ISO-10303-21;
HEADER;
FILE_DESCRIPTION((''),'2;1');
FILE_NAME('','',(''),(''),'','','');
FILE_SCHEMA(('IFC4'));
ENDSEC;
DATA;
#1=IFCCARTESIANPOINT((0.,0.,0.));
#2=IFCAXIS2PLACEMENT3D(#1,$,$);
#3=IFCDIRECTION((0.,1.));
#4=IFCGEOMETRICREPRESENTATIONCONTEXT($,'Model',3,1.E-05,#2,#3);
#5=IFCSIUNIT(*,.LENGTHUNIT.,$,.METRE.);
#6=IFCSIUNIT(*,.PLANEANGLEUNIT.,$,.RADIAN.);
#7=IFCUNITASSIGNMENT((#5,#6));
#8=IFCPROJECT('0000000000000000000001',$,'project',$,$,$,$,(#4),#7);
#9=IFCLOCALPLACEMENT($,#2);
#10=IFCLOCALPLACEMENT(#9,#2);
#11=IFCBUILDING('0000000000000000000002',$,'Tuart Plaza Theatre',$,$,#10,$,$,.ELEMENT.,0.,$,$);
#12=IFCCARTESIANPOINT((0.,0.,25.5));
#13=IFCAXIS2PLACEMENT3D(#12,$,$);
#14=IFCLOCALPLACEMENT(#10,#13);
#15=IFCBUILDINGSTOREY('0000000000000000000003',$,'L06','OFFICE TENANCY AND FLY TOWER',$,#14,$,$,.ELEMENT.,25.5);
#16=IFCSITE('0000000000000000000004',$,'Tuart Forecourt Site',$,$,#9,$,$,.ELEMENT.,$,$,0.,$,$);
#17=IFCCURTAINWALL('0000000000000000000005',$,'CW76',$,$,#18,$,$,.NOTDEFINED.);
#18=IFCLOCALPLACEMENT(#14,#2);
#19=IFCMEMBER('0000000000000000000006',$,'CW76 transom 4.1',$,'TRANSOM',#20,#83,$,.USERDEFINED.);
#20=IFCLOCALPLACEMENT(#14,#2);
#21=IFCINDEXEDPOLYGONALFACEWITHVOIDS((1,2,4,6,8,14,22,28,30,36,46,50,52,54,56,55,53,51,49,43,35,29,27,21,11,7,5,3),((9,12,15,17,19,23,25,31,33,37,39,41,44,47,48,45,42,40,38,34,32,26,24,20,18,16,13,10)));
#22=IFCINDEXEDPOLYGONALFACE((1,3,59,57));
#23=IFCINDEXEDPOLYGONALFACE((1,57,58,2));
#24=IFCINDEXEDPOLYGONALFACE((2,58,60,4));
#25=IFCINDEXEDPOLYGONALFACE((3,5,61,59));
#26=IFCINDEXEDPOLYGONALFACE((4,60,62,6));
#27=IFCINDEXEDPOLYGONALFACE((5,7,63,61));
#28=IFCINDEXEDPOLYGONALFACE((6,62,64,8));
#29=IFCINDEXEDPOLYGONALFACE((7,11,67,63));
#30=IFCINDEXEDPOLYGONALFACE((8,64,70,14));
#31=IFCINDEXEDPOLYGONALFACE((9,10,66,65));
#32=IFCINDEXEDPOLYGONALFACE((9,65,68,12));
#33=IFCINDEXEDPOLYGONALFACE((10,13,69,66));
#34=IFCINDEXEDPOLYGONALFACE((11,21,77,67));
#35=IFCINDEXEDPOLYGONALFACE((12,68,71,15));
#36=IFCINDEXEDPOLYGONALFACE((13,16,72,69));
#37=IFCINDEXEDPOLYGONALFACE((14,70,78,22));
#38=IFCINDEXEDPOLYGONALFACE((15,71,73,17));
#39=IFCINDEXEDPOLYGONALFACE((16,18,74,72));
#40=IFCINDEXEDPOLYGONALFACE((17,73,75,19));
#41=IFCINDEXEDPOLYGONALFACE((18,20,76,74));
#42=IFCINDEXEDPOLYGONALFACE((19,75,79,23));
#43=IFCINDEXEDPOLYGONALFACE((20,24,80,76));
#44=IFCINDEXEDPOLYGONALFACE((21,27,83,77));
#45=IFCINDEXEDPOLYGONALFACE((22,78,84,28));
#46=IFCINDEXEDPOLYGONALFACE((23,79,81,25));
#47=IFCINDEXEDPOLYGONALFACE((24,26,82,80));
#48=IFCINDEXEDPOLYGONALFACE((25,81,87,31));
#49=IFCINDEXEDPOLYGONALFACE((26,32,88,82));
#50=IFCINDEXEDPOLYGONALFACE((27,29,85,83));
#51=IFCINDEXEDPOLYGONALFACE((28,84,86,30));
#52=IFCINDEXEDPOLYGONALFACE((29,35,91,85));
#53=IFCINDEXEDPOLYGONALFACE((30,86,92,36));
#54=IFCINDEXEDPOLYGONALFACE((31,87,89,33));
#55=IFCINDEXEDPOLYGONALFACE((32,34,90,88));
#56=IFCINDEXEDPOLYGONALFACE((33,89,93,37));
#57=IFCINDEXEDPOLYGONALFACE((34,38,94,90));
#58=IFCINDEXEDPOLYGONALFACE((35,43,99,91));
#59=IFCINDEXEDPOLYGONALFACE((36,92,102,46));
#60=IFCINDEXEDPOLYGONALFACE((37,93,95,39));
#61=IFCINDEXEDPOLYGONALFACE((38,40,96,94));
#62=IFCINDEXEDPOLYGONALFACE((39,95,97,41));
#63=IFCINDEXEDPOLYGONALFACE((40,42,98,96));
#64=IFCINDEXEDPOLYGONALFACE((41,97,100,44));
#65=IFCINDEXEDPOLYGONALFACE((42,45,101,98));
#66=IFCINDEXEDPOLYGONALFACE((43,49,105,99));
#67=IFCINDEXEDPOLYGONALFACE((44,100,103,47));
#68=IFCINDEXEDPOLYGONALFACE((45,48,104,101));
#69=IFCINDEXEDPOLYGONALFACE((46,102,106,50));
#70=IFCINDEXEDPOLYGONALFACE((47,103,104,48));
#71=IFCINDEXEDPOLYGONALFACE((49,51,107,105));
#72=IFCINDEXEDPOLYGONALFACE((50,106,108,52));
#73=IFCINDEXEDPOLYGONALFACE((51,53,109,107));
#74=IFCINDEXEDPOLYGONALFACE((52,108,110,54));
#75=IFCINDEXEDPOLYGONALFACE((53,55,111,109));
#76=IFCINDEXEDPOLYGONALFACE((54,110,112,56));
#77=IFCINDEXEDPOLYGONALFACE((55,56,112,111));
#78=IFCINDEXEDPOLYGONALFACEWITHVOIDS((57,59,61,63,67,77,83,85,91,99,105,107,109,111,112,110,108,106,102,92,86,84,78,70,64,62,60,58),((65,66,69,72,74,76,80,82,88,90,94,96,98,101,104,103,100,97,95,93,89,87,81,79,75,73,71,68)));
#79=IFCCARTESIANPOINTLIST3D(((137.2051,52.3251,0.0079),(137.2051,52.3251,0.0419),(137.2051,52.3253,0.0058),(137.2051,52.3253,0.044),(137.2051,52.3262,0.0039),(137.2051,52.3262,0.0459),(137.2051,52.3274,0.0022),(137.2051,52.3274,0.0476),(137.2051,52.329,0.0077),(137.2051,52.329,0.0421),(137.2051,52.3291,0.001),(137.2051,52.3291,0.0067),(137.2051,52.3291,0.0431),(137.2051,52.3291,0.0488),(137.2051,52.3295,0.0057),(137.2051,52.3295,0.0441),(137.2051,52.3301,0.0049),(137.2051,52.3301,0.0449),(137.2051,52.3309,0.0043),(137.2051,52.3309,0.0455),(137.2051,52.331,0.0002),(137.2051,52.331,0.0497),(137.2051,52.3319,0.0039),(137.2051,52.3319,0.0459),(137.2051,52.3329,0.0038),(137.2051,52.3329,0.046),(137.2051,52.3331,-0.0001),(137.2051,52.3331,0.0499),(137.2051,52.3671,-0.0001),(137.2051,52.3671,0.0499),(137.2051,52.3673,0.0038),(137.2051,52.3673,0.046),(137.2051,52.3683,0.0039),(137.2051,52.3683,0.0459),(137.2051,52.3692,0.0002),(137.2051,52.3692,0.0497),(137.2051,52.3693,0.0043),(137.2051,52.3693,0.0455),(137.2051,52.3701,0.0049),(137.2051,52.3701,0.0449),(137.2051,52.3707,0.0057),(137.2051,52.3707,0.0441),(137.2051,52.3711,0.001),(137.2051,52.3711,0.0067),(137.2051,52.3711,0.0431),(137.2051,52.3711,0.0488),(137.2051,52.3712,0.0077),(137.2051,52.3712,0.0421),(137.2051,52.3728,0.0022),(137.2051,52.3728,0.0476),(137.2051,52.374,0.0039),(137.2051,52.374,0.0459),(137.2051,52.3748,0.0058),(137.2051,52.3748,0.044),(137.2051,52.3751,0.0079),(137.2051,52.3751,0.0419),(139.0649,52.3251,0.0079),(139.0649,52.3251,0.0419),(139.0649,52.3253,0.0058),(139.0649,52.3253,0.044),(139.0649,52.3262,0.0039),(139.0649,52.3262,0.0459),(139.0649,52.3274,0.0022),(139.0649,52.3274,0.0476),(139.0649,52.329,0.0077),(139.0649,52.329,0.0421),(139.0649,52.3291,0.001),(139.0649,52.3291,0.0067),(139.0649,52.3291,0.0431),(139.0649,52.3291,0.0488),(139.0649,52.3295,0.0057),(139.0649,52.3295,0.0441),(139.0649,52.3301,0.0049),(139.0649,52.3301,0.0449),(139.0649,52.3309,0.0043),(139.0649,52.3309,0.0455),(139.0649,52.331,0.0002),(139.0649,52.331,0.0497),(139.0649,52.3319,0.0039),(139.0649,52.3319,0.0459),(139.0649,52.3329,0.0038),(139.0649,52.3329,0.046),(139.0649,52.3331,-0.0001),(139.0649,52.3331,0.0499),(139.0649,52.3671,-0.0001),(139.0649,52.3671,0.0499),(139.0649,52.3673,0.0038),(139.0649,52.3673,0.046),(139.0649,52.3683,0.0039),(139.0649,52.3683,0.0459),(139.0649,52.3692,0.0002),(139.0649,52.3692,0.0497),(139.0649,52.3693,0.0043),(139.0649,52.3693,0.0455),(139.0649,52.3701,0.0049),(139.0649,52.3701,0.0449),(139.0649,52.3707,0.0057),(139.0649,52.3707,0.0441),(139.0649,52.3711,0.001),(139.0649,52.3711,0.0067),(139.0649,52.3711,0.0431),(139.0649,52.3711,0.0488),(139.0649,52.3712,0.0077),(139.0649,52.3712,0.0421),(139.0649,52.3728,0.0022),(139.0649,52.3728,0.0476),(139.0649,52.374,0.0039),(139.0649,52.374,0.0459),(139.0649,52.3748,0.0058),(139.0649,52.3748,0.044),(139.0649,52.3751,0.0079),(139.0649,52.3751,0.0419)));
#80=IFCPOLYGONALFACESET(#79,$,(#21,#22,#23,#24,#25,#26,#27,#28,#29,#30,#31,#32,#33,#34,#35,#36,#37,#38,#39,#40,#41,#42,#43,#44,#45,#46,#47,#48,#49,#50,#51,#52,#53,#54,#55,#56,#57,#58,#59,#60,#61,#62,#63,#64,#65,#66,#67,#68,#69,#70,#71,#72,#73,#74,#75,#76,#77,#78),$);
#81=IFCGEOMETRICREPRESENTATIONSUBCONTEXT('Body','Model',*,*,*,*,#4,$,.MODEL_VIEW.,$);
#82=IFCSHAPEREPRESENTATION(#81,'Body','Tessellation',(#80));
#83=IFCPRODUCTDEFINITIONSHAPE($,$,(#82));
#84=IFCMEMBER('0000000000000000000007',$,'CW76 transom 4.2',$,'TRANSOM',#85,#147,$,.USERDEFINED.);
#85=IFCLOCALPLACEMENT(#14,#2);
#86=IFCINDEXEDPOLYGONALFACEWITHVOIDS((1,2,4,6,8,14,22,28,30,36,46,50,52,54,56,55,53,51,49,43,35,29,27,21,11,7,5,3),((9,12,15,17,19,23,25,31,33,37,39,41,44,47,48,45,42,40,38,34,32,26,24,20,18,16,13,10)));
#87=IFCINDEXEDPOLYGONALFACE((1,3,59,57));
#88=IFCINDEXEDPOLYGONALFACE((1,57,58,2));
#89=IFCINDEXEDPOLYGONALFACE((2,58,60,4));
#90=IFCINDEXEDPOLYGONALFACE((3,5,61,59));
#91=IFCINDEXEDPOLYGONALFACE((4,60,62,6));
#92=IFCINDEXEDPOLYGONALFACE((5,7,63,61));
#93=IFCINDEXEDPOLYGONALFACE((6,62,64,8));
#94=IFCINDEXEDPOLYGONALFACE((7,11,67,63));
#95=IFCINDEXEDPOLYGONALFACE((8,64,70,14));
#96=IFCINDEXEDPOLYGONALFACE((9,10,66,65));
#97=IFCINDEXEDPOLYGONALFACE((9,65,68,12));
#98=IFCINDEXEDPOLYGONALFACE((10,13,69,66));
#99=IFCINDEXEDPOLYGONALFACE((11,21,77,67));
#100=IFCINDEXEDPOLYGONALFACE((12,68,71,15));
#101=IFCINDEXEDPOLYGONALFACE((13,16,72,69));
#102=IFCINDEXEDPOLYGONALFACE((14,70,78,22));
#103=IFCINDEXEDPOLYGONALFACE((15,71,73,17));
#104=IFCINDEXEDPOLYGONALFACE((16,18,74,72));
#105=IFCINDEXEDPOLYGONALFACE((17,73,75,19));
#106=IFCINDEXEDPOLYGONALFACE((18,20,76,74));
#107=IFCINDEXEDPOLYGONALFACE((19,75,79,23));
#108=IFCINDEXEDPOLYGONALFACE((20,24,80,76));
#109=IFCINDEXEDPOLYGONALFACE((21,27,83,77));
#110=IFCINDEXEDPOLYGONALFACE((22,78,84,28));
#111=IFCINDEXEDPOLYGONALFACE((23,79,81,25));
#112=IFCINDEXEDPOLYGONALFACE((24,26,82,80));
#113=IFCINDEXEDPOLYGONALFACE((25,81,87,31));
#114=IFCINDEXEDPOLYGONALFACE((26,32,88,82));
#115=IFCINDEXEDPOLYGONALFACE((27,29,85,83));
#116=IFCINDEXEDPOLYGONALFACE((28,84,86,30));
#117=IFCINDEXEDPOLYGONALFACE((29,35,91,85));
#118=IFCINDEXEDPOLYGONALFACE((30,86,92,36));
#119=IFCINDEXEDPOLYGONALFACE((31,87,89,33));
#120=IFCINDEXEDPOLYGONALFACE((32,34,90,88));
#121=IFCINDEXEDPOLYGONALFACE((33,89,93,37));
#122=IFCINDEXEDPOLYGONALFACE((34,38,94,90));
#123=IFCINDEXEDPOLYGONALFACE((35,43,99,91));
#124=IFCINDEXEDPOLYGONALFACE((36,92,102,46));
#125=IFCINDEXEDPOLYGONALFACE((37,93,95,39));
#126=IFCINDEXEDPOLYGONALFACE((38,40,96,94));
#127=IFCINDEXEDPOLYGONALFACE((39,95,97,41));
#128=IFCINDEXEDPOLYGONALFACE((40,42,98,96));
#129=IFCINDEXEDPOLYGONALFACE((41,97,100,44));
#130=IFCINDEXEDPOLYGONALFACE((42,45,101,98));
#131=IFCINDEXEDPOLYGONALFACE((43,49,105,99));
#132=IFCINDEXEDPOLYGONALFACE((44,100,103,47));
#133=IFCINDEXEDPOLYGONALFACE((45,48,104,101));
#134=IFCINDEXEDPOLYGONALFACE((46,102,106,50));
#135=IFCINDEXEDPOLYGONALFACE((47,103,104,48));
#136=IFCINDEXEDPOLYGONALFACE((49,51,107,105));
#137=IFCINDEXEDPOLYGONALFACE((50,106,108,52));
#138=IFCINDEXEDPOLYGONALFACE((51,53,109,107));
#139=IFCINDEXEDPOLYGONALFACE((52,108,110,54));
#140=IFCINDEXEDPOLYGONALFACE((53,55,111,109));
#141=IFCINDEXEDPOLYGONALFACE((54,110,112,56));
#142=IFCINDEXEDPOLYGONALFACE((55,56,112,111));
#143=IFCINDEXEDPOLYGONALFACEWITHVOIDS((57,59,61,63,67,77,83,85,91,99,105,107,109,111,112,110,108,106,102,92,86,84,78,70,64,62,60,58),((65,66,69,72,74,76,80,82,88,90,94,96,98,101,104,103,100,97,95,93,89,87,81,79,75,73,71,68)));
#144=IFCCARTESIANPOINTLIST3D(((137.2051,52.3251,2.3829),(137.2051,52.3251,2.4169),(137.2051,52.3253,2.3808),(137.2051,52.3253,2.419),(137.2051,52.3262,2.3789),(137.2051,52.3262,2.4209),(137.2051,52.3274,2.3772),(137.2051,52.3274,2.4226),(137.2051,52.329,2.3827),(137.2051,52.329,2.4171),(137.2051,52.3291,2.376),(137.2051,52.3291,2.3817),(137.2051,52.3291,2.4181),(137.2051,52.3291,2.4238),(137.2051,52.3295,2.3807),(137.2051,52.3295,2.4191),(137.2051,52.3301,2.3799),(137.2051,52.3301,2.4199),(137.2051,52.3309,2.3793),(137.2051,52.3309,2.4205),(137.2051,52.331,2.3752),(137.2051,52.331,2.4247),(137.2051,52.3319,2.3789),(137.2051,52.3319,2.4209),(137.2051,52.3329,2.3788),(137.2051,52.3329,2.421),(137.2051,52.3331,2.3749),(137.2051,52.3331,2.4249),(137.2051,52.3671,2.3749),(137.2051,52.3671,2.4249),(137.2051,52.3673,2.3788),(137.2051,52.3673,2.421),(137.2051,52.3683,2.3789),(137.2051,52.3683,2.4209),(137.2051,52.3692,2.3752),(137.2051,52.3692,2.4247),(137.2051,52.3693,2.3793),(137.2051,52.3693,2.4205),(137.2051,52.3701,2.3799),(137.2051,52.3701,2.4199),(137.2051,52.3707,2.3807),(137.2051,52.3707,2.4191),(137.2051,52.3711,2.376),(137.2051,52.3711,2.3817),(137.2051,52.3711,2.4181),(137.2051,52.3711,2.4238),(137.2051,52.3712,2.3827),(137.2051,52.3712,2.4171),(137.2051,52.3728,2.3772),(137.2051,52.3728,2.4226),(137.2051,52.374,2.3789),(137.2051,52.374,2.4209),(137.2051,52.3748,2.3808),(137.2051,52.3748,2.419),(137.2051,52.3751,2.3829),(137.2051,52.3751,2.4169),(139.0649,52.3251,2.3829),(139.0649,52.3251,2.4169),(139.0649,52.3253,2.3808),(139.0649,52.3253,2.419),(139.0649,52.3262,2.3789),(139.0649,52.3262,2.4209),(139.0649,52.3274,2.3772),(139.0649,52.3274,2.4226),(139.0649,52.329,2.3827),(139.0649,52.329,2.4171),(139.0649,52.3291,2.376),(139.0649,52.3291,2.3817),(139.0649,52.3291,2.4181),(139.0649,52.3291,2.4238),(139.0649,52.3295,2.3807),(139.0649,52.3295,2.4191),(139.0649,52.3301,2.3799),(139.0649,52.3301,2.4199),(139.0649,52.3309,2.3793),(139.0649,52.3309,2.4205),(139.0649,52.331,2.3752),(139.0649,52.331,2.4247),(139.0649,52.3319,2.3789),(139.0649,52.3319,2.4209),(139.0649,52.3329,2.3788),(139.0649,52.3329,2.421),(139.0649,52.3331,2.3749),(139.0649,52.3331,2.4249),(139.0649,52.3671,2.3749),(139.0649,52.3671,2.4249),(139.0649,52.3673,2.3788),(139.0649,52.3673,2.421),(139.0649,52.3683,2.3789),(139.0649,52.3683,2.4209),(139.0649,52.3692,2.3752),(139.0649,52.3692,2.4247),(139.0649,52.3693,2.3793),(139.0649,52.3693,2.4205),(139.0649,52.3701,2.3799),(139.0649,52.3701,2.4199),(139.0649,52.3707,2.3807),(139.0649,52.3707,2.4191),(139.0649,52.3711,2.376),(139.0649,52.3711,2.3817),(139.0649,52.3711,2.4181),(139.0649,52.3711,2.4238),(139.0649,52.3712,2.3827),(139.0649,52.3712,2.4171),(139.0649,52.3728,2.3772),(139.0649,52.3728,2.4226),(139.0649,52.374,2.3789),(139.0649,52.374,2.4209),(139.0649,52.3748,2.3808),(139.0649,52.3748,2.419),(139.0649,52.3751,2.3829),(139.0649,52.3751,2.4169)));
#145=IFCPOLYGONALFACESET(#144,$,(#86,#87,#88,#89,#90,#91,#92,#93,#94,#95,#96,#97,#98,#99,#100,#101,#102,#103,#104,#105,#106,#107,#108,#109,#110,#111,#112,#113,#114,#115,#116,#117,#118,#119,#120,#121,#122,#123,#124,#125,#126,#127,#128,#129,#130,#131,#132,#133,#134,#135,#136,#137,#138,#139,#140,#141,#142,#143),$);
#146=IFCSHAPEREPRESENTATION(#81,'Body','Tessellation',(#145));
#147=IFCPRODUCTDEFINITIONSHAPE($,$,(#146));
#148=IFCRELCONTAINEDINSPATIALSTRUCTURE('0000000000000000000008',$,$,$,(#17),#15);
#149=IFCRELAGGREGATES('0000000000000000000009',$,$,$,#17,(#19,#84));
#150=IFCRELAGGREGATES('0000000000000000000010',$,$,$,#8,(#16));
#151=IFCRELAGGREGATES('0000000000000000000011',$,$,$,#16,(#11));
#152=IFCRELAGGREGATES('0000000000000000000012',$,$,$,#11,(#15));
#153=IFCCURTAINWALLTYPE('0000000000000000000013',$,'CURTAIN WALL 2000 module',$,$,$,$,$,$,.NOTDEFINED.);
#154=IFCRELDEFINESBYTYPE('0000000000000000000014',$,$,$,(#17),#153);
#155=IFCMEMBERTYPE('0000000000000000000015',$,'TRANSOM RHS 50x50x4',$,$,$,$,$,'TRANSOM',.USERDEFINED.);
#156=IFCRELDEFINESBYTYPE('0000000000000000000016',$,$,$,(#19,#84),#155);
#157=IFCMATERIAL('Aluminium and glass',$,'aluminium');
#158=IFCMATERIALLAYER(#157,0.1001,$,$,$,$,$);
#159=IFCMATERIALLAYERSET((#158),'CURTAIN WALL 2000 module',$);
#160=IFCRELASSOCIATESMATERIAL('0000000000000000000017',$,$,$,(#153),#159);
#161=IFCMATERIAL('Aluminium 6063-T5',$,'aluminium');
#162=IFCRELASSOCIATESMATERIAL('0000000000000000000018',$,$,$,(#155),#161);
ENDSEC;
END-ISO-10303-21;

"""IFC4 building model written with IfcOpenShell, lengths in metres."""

from ifc_helpers import new_model, si_unit, direction, frame, origin, origin_2d, place, context, subcontext, project, spatial, hollow_rectangle, extrude, material, layer, layer_set, material_profile, profile_set, type_object, element, aggregate, save


model = new_model("IFC4")

# Units and contexts
model_context = context("Model", 3, precision=1e-05, world=origin(), true_north=direction((0.0, 1.0)))
body_context = subcontext(model_context, "Body", "Model", "MODEL_VIEW")
ifc_project = project(units=[si_unit("LENGTHUNIT", "METRE"), si_unit("PLANEANGLEUNIT", "RADIAN")], contexts=[model_context])

# Site, building, storey
site_placement = place(None, origin())
site = spatial("IfcSite", under=ifc_project, at=site_placement, Name="Tuart Forecourt Site", CompositionType="ELEMENT", RefElevation=0.0)
building_placement = place(site_placement, origin())
building = spatial("IfcBuilding", under=site, at=building_placement, Name="Tuart Plaza Theatre", CompositionType="ELEMENT", ElevationOfRefHeight=0.0)
storey_placement = place(building_placement, frame((0.0, 0.0, 25.5)))
storey = spatial("IfcBuildingStorey", under=building, at=storey_placement, Name="L06", Description="OFFICE TENANCY AND FLY TOWER", CompositionType="ELEMENT", Elevation=25.5)

# Curtain wall, members
ifc_material_1 = material(Name="Aluminium and glass", Category="aluminium")
ifc_layer_1 = layer(ifc_material_1, 0.1001)
ifc_layer_set_1 = layer_set([ifc_layer_1], Name="CURTAIN WALL 2000 module")
curtain_wall_type = type_object("IfcCurtainWallType", Name="CURTAIN WALL 2000 module", PredefinedType="NOTDEFINED", material=ifc_layer_set_1)
curtain_wall_placement = place(storey_placement, origin())
curtain_wall = element("IfcCurtainWall", 1, at=curtain_wall_placement, inside=storey, type_object=curtain_wall_type, Name="CW76", PredefinedType="NOTDEFINED")
ifc_material_2 = material(Name="Aluminium 6063-T5", Category="aluminium")
ifc_material_profile_1 = material_profile(ifc_material_2, hollow_rectangle(XDim=0.05, YDim=0.05, WallThickness=0.0039, InnerFilletRadius=0.0039, OuterFilletRadius=0.0081, at=origin_2d()), Name="RHS 50x50x4")
ifc_profile_set_1 = profile_set([ifc_material_profile_1], Name="Aluminium 6063-T5")
member_type_1 = type_object("IfcMemberType", Name="TRANSOM RHS 50x50x4", ElementType="TRANSOM", PredefinedType="USERDEFINED", material=ifc_profile_set_1)
member_1_placement = place(storey_placement, frame((137.2051, 52.3501, 0.0249), z_axis=(1.0, 0.0, 0.0), x_axis=(0.0, 1.0, 0.0)))
member_1 = element("IfcMember", 2, at=member_1_placement, type_object=member_type_1, Name="CW76 transom 4.1", ObjectType="TRANSOM", PredefinedType="USERDEFINED", context=body_context, shape_type="SweptSolid", body=[
    extrude(hollow_rectangle(XDim=0.05, YDim=0.05, WallThickness=0.0039, InnerFilletRadius=0.0039, OuterFilletRadius=0.0081, at=origin_2d()), origin(), (0.0, 0.0, 1.0), 1.8599),
])
member_2_placement = place(storey_placement, frame((137.2051, 52.3501, 2.3999), z_axis=(1.0, 0.0, 0.0), x_axis=(0.0, 1.0, 0.0)))
member_2 = element("IfcMember", 3, at=member_2_placement, type_object=member_type_1, Name="CW76 transom 4.2", ObjectType="TRANSOM", PredefinedType="USERDEFINED", context=body_context, shape_type="SweptSolid", body=[
    extrude(hollow_rectangle(XDim=0.05, YDim=0.05, WallThickness=0.0039, InnerFilletRadius=0.0039, OuterFilletRadius=0.0081, at=origin_2d()), origin(), (0.0, 0.0, 1.0), 1.8599),
])
aggregate(curtain_wall, [member_1, member_2])

save(model, "model.ifc")
